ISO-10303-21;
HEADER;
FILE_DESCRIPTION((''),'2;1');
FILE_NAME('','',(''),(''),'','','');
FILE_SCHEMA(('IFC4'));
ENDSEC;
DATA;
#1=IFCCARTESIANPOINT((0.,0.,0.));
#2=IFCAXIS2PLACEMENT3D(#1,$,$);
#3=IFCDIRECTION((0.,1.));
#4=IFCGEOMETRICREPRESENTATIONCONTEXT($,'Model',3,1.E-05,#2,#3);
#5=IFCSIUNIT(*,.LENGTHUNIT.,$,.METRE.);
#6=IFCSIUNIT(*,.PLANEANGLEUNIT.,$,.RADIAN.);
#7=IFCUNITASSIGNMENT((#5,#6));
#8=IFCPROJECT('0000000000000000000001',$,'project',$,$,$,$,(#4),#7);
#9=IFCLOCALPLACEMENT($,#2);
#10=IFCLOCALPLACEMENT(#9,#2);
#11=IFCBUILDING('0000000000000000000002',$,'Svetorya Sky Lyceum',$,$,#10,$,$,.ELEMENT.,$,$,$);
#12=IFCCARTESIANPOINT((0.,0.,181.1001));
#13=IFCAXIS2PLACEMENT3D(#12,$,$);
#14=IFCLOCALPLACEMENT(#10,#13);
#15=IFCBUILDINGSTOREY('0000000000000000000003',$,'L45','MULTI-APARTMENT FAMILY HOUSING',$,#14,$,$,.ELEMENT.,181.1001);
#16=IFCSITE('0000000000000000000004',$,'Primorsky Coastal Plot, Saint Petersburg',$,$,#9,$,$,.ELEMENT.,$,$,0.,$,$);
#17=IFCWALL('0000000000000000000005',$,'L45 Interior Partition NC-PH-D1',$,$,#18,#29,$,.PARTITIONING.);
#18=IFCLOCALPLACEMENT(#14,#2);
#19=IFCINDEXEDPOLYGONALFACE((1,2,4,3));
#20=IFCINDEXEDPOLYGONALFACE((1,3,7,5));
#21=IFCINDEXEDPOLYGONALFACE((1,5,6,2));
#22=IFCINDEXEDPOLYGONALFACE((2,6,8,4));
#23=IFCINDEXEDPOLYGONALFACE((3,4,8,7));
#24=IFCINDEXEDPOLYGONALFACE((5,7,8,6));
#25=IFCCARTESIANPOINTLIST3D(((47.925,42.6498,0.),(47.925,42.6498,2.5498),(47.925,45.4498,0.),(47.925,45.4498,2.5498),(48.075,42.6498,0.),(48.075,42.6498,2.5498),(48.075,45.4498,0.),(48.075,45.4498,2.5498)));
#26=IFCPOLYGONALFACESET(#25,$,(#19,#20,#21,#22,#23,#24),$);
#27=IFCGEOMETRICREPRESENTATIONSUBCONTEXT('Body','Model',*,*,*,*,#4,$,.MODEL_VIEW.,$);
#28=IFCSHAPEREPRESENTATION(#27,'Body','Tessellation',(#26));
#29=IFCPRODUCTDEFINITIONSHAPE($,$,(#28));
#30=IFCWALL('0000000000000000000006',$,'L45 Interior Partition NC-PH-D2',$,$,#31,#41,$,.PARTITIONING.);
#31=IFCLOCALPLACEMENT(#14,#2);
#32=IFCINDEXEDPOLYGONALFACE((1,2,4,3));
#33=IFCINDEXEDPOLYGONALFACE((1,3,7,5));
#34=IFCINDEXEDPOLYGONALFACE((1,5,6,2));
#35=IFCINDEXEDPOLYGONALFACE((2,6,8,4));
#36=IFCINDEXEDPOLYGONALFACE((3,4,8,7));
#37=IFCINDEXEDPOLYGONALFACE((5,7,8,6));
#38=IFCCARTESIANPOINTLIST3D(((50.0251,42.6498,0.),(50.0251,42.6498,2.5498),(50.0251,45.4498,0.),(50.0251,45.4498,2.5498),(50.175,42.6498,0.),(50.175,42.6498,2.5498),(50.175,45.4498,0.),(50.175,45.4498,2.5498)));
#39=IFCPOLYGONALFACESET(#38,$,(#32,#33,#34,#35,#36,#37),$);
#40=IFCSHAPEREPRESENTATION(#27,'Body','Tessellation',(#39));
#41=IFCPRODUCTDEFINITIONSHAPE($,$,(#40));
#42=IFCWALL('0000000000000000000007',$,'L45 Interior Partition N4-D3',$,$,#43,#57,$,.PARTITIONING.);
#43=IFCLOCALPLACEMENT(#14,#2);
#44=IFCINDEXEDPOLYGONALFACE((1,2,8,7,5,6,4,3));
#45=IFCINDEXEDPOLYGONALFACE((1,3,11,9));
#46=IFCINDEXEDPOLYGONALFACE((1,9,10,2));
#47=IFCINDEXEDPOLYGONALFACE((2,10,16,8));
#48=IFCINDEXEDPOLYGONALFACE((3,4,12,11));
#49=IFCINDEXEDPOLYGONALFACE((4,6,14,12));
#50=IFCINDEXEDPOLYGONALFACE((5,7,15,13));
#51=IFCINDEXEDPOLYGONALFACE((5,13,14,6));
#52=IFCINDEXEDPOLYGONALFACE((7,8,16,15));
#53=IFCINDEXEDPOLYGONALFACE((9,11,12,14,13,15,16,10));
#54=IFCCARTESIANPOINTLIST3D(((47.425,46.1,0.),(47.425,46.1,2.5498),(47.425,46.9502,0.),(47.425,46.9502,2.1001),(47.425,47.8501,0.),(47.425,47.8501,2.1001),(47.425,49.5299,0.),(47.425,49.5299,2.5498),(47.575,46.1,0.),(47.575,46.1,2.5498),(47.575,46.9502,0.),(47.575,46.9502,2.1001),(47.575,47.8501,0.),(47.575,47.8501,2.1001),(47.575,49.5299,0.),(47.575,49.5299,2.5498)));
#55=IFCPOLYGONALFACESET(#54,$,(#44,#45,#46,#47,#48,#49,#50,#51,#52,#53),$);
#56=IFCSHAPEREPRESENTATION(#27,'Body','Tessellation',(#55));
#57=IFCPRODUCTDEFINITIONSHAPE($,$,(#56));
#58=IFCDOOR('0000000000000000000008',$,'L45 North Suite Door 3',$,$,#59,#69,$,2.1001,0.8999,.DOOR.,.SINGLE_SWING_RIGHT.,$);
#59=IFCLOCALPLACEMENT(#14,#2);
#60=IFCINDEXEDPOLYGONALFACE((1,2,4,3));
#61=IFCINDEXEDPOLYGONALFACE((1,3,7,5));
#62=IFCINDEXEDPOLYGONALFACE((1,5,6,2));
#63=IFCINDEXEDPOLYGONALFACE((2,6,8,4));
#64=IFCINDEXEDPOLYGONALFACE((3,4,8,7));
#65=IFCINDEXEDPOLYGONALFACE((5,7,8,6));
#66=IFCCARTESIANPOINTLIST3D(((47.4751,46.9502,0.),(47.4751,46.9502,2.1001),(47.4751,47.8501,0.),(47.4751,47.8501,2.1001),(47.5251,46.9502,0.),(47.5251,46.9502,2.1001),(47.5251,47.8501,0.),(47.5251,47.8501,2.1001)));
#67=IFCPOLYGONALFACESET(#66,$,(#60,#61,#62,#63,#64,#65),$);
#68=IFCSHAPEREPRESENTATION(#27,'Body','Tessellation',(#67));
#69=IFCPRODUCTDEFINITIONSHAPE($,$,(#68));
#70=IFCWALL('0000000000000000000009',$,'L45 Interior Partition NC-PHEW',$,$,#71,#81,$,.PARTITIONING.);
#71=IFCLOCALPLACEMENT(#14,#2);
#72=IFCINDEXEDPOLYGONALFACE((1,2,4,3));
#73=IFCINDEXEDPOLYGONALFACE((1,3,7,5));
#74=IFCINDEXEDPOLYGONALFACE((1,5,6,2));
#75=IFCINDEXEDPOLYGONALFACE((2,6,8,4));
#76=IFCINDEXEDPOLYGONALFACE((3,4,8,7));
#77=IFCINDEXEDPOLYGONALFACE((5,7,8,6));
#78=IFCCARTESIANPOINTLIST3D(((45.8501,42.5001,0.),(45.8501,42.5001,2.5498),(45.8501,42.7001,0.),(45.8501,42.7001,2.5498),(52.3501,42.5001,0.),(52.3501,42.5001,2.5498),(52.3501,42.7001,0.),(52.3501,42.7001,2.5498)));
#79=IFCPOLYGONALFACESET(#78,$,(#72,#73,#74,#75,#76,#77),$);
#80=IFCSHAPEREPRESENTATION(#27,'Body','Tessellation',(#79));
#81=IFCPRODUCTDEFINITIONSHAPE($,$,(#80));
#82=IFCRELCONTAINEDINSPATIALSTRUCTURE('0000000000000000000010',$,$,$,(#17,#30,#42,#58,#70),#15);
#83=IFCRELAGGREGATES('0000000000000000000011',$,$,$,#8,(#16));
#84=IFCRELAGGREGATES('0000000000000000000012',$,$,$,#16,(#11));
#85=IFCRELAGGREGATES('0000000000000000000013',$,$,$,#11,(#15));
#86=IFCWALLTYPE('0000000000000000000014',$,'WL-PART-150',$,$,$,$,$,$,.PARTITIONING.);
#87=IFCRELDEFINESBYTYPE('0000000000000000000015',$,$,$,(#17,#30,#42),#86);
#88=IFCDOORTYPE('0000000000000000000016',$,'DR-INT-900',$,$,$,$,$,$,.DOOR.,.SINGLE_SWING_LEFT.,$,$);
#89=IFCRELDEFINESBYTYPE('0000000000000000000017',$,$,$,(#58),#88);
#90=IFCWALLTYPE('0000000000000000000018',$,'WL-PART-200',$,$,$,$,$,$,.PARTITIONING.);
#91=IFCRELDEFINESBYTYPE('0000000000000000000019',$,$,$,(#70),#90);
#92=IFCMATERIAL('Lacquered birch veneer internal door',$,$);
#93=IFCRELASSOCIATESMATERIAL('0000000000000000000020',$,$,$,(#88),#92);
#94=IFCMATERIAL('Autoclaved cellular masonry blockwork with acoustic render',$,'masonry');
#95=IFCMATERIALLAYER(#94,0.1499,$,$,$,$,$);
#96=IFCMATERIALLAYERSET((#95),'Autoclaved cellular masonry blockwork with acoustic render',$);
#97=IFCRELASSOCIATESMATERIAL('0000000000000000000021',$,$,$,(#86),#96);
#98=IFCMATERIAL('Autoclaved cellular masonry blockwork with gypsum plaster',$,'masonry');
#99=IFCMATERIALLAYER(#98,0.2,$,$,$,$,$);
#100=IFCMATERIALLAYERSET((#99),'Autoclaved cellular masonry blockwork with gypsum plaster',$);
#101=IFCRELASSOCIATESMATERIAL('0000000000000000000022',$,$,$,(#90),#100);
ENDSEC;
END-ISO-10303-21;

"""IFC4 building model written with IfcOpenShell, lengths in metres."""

from ifc_helpers import new_model, si_unit, direction, frame, frame_2d, origin, place, context, subcontext, project, spatial, rectangle, extrude, material, layer, layer_set, type_object, element, fill, save


model = new_model("IFC4")

# Units and contexts
model_context = context("Model", 3, precision=1e-05, world=origin(), true_north=direction((0.0, 1.0)))
body_context = subcontext(model_context, "Body", "Model", "MODEL_VIEW")
ifc_project = project(units=[si_unit("LENGTHUNIT", "METRE"), si_unit("PLANEANGLEUNIT", "RADIAN")], contexts=[model_context])

# Site, building, storey
site_placement = place(None, origin())
site = spatial("IfcSite", under=ifc_project, at=site_placement, Name="Primorsky Coastal Plot, Saint Petersburg", CompositionType="ELEMENT", RefElevation=0.0)
building_placement = place(site_placement, origin())
building = spatial("IfcBuilding", under=site, at=building_placement, Name="Svetorya Sky Lyceum", CompositionType="ELEMENT")
storey_placement = place(building_placement, frame((0.0, 0.0, 181.1001)))
storey = spatial("IfcBuildingStorey", under=building, at=storey_placement, Name="L45", Description="MULTI-APARTMENT FAMILY HOUSING", CompositionType="ELEMENT", Elevation=181.1001)

# Shared definitions
ifc_material_1 = material(Name="Lacquered birch veneer internal door")
door_type_1 = type_object("IfcDoorType", Name="DR-INT-900", OperationType="SINGLE_SWING_LEFT", PredefinedType="DOOR", material=ifc_material_1)

# Walls
ifc_material_2 = material(Name="Autoclaved cellular masonry blockwork with acoustic render", Category="masonry")
ifc_layer_1 = layer(ifc_material_2, 0.1499)
ifc_layer_set_1 = layer_set([ifc_layer_1], Name="Autoclaved cellular masonry blockwork with acoustic render")
wall_type_1 = type_object("IfcWallType", Name="WL-PART-150", PredefinedType="PARTITIONING", material=ifc_layer_set_1)
for number, where, z_axis, x_axis, name in (
    (1, (48.0, 42.6499, 0.0), (0.0, 0.0, 1.0), (0.0, 1.0, 0.0), "L45 Interior Partition NC-PH-D1"),
    (2, (50.1001, 42.6499, 0.0), (0.0, 0.0, 1.0), (0.0, 1.0, 0.0), "L45 Interior Partition NC-PH-D2"),
):
    element("IfcWall", number, at=place(storey_placement, frame(where, z_axis=z_axis, x_axis=x_axis)), inside=storey, type_object=wall_type_1, Name=name, PredefinedType="PARTITIONING", context=body_context, shape_type="SweptSolid", body=[
        extrude(rectangle(XDim=2.8, YDim=0.1499, at=frame_2d((1.3999, 0.0))), origin(), (0.0, 0.0, 1.0), 2.5498),
    ])

# Wall, opening, door
wall_1_placement = place(storey_placement, frame((47.5, 46.1001, 0.0), z_axis=(0.0, 0.0, 1.0), x_axis=(0.0, 1.0, 0.0)))
wall_1 = element("IfcWall", 3, at=wall_1_placement, inside=storey, type_object=wall_type_1, Name="L45 Interior Partition N4-D3", PredefinedType="PARTITIONING", context=body_context, shape_type="SweptSolid", body=[
    extrude(rectangle(XDim=3.4299, YDim=0.1499, at=frame_2d((1.7148, 0.0))), origin(), (0.0, 0.0, 1.0), 2.5498),
])
opening_1_placement = place(wall_1_placement, frame((0.8501, 0.0, 0.0)))
opening_1 = element("IfcOpeningElement", 4, at=opening_1_placement, cuts=wall_1, PredefinedType="OPENING", context=body_context, shape_type="SweptSolid", body=[
    extrude(rectangle(XDim=0.8999, YDim=2.1001, at=frame_2d((0.45, 1.05))), frame((0.0, 0.085, 0.0), z_axis=(0.0, -1.0, 0.0), x_axis=(1.0, 0.0, 0.0)), (0.0, 0.0, 1.0), 0.1699),
])
door_1_placement = place(opening_1_placement, origin())
door_1 = element("IfcDoor", 5, at=door_1_placement, inside=storey, type_object=door_type_1, Name="L45 North Suite Door 3", OperationType="SINGLE_SWING_RIGHT", OverallHeight=2.1001, OverallWidth=0.8999, PredefinedType="DOOR", context=body_context, shape_type="SweptSolid", body=[
    extrude(rectangle(XDim=0.8999, YDim=2.1001, at=frame_2d((0.45, 1.05))), frame((0.0, 0.0249, 0.0), z_axis=(0.0, -1.0, 0.0), x_axis=(1.0, 0.0, 0.0)), (0.0, 0.0, 1.0), 0.05),
])
fill(opening_1, door_1)

# Wall
ifc_material_3 = material(Name="Autoclaved cellular masonry blockwork with gypsum plaster", Category="masonry")
ifc_layer_2 = layer(ifc_material_3, 0.2)
ifc_layer_set_2 = layer_set([ifc_layer_2], Name="Autoclaved cellular masonry blockwork with gypsum plaster")
wall_type_2 = type_object("IfcWallType", Name="WL-PART-200", PredefinedType="PARTITIONING", material=ifc_layer_set_2)
wall_2_placement = place(storey_placement, frame((52.3501, 42.6001, 0.0), z_axis=(0.0, 0.0, 1.0), x_axis=(-1.0, 0.0, 0.0)))
element("IfcWall", 6, at=wall_2_placement, inside=storey, type_object=wall_type_2, Name="L45 Interior Partition NC-PHEW", PredefinedType="PARTITIONING", context=body_context, shape_type="SweptSolid", body=[
    extrude(rectangle(XDim=6.5, YDim=0.2, at=frame_2d((3.25, 0.0))), origin(), (0.0, 0.0, 1.0), 2.5498),
])

save(model, "model.ifc")
